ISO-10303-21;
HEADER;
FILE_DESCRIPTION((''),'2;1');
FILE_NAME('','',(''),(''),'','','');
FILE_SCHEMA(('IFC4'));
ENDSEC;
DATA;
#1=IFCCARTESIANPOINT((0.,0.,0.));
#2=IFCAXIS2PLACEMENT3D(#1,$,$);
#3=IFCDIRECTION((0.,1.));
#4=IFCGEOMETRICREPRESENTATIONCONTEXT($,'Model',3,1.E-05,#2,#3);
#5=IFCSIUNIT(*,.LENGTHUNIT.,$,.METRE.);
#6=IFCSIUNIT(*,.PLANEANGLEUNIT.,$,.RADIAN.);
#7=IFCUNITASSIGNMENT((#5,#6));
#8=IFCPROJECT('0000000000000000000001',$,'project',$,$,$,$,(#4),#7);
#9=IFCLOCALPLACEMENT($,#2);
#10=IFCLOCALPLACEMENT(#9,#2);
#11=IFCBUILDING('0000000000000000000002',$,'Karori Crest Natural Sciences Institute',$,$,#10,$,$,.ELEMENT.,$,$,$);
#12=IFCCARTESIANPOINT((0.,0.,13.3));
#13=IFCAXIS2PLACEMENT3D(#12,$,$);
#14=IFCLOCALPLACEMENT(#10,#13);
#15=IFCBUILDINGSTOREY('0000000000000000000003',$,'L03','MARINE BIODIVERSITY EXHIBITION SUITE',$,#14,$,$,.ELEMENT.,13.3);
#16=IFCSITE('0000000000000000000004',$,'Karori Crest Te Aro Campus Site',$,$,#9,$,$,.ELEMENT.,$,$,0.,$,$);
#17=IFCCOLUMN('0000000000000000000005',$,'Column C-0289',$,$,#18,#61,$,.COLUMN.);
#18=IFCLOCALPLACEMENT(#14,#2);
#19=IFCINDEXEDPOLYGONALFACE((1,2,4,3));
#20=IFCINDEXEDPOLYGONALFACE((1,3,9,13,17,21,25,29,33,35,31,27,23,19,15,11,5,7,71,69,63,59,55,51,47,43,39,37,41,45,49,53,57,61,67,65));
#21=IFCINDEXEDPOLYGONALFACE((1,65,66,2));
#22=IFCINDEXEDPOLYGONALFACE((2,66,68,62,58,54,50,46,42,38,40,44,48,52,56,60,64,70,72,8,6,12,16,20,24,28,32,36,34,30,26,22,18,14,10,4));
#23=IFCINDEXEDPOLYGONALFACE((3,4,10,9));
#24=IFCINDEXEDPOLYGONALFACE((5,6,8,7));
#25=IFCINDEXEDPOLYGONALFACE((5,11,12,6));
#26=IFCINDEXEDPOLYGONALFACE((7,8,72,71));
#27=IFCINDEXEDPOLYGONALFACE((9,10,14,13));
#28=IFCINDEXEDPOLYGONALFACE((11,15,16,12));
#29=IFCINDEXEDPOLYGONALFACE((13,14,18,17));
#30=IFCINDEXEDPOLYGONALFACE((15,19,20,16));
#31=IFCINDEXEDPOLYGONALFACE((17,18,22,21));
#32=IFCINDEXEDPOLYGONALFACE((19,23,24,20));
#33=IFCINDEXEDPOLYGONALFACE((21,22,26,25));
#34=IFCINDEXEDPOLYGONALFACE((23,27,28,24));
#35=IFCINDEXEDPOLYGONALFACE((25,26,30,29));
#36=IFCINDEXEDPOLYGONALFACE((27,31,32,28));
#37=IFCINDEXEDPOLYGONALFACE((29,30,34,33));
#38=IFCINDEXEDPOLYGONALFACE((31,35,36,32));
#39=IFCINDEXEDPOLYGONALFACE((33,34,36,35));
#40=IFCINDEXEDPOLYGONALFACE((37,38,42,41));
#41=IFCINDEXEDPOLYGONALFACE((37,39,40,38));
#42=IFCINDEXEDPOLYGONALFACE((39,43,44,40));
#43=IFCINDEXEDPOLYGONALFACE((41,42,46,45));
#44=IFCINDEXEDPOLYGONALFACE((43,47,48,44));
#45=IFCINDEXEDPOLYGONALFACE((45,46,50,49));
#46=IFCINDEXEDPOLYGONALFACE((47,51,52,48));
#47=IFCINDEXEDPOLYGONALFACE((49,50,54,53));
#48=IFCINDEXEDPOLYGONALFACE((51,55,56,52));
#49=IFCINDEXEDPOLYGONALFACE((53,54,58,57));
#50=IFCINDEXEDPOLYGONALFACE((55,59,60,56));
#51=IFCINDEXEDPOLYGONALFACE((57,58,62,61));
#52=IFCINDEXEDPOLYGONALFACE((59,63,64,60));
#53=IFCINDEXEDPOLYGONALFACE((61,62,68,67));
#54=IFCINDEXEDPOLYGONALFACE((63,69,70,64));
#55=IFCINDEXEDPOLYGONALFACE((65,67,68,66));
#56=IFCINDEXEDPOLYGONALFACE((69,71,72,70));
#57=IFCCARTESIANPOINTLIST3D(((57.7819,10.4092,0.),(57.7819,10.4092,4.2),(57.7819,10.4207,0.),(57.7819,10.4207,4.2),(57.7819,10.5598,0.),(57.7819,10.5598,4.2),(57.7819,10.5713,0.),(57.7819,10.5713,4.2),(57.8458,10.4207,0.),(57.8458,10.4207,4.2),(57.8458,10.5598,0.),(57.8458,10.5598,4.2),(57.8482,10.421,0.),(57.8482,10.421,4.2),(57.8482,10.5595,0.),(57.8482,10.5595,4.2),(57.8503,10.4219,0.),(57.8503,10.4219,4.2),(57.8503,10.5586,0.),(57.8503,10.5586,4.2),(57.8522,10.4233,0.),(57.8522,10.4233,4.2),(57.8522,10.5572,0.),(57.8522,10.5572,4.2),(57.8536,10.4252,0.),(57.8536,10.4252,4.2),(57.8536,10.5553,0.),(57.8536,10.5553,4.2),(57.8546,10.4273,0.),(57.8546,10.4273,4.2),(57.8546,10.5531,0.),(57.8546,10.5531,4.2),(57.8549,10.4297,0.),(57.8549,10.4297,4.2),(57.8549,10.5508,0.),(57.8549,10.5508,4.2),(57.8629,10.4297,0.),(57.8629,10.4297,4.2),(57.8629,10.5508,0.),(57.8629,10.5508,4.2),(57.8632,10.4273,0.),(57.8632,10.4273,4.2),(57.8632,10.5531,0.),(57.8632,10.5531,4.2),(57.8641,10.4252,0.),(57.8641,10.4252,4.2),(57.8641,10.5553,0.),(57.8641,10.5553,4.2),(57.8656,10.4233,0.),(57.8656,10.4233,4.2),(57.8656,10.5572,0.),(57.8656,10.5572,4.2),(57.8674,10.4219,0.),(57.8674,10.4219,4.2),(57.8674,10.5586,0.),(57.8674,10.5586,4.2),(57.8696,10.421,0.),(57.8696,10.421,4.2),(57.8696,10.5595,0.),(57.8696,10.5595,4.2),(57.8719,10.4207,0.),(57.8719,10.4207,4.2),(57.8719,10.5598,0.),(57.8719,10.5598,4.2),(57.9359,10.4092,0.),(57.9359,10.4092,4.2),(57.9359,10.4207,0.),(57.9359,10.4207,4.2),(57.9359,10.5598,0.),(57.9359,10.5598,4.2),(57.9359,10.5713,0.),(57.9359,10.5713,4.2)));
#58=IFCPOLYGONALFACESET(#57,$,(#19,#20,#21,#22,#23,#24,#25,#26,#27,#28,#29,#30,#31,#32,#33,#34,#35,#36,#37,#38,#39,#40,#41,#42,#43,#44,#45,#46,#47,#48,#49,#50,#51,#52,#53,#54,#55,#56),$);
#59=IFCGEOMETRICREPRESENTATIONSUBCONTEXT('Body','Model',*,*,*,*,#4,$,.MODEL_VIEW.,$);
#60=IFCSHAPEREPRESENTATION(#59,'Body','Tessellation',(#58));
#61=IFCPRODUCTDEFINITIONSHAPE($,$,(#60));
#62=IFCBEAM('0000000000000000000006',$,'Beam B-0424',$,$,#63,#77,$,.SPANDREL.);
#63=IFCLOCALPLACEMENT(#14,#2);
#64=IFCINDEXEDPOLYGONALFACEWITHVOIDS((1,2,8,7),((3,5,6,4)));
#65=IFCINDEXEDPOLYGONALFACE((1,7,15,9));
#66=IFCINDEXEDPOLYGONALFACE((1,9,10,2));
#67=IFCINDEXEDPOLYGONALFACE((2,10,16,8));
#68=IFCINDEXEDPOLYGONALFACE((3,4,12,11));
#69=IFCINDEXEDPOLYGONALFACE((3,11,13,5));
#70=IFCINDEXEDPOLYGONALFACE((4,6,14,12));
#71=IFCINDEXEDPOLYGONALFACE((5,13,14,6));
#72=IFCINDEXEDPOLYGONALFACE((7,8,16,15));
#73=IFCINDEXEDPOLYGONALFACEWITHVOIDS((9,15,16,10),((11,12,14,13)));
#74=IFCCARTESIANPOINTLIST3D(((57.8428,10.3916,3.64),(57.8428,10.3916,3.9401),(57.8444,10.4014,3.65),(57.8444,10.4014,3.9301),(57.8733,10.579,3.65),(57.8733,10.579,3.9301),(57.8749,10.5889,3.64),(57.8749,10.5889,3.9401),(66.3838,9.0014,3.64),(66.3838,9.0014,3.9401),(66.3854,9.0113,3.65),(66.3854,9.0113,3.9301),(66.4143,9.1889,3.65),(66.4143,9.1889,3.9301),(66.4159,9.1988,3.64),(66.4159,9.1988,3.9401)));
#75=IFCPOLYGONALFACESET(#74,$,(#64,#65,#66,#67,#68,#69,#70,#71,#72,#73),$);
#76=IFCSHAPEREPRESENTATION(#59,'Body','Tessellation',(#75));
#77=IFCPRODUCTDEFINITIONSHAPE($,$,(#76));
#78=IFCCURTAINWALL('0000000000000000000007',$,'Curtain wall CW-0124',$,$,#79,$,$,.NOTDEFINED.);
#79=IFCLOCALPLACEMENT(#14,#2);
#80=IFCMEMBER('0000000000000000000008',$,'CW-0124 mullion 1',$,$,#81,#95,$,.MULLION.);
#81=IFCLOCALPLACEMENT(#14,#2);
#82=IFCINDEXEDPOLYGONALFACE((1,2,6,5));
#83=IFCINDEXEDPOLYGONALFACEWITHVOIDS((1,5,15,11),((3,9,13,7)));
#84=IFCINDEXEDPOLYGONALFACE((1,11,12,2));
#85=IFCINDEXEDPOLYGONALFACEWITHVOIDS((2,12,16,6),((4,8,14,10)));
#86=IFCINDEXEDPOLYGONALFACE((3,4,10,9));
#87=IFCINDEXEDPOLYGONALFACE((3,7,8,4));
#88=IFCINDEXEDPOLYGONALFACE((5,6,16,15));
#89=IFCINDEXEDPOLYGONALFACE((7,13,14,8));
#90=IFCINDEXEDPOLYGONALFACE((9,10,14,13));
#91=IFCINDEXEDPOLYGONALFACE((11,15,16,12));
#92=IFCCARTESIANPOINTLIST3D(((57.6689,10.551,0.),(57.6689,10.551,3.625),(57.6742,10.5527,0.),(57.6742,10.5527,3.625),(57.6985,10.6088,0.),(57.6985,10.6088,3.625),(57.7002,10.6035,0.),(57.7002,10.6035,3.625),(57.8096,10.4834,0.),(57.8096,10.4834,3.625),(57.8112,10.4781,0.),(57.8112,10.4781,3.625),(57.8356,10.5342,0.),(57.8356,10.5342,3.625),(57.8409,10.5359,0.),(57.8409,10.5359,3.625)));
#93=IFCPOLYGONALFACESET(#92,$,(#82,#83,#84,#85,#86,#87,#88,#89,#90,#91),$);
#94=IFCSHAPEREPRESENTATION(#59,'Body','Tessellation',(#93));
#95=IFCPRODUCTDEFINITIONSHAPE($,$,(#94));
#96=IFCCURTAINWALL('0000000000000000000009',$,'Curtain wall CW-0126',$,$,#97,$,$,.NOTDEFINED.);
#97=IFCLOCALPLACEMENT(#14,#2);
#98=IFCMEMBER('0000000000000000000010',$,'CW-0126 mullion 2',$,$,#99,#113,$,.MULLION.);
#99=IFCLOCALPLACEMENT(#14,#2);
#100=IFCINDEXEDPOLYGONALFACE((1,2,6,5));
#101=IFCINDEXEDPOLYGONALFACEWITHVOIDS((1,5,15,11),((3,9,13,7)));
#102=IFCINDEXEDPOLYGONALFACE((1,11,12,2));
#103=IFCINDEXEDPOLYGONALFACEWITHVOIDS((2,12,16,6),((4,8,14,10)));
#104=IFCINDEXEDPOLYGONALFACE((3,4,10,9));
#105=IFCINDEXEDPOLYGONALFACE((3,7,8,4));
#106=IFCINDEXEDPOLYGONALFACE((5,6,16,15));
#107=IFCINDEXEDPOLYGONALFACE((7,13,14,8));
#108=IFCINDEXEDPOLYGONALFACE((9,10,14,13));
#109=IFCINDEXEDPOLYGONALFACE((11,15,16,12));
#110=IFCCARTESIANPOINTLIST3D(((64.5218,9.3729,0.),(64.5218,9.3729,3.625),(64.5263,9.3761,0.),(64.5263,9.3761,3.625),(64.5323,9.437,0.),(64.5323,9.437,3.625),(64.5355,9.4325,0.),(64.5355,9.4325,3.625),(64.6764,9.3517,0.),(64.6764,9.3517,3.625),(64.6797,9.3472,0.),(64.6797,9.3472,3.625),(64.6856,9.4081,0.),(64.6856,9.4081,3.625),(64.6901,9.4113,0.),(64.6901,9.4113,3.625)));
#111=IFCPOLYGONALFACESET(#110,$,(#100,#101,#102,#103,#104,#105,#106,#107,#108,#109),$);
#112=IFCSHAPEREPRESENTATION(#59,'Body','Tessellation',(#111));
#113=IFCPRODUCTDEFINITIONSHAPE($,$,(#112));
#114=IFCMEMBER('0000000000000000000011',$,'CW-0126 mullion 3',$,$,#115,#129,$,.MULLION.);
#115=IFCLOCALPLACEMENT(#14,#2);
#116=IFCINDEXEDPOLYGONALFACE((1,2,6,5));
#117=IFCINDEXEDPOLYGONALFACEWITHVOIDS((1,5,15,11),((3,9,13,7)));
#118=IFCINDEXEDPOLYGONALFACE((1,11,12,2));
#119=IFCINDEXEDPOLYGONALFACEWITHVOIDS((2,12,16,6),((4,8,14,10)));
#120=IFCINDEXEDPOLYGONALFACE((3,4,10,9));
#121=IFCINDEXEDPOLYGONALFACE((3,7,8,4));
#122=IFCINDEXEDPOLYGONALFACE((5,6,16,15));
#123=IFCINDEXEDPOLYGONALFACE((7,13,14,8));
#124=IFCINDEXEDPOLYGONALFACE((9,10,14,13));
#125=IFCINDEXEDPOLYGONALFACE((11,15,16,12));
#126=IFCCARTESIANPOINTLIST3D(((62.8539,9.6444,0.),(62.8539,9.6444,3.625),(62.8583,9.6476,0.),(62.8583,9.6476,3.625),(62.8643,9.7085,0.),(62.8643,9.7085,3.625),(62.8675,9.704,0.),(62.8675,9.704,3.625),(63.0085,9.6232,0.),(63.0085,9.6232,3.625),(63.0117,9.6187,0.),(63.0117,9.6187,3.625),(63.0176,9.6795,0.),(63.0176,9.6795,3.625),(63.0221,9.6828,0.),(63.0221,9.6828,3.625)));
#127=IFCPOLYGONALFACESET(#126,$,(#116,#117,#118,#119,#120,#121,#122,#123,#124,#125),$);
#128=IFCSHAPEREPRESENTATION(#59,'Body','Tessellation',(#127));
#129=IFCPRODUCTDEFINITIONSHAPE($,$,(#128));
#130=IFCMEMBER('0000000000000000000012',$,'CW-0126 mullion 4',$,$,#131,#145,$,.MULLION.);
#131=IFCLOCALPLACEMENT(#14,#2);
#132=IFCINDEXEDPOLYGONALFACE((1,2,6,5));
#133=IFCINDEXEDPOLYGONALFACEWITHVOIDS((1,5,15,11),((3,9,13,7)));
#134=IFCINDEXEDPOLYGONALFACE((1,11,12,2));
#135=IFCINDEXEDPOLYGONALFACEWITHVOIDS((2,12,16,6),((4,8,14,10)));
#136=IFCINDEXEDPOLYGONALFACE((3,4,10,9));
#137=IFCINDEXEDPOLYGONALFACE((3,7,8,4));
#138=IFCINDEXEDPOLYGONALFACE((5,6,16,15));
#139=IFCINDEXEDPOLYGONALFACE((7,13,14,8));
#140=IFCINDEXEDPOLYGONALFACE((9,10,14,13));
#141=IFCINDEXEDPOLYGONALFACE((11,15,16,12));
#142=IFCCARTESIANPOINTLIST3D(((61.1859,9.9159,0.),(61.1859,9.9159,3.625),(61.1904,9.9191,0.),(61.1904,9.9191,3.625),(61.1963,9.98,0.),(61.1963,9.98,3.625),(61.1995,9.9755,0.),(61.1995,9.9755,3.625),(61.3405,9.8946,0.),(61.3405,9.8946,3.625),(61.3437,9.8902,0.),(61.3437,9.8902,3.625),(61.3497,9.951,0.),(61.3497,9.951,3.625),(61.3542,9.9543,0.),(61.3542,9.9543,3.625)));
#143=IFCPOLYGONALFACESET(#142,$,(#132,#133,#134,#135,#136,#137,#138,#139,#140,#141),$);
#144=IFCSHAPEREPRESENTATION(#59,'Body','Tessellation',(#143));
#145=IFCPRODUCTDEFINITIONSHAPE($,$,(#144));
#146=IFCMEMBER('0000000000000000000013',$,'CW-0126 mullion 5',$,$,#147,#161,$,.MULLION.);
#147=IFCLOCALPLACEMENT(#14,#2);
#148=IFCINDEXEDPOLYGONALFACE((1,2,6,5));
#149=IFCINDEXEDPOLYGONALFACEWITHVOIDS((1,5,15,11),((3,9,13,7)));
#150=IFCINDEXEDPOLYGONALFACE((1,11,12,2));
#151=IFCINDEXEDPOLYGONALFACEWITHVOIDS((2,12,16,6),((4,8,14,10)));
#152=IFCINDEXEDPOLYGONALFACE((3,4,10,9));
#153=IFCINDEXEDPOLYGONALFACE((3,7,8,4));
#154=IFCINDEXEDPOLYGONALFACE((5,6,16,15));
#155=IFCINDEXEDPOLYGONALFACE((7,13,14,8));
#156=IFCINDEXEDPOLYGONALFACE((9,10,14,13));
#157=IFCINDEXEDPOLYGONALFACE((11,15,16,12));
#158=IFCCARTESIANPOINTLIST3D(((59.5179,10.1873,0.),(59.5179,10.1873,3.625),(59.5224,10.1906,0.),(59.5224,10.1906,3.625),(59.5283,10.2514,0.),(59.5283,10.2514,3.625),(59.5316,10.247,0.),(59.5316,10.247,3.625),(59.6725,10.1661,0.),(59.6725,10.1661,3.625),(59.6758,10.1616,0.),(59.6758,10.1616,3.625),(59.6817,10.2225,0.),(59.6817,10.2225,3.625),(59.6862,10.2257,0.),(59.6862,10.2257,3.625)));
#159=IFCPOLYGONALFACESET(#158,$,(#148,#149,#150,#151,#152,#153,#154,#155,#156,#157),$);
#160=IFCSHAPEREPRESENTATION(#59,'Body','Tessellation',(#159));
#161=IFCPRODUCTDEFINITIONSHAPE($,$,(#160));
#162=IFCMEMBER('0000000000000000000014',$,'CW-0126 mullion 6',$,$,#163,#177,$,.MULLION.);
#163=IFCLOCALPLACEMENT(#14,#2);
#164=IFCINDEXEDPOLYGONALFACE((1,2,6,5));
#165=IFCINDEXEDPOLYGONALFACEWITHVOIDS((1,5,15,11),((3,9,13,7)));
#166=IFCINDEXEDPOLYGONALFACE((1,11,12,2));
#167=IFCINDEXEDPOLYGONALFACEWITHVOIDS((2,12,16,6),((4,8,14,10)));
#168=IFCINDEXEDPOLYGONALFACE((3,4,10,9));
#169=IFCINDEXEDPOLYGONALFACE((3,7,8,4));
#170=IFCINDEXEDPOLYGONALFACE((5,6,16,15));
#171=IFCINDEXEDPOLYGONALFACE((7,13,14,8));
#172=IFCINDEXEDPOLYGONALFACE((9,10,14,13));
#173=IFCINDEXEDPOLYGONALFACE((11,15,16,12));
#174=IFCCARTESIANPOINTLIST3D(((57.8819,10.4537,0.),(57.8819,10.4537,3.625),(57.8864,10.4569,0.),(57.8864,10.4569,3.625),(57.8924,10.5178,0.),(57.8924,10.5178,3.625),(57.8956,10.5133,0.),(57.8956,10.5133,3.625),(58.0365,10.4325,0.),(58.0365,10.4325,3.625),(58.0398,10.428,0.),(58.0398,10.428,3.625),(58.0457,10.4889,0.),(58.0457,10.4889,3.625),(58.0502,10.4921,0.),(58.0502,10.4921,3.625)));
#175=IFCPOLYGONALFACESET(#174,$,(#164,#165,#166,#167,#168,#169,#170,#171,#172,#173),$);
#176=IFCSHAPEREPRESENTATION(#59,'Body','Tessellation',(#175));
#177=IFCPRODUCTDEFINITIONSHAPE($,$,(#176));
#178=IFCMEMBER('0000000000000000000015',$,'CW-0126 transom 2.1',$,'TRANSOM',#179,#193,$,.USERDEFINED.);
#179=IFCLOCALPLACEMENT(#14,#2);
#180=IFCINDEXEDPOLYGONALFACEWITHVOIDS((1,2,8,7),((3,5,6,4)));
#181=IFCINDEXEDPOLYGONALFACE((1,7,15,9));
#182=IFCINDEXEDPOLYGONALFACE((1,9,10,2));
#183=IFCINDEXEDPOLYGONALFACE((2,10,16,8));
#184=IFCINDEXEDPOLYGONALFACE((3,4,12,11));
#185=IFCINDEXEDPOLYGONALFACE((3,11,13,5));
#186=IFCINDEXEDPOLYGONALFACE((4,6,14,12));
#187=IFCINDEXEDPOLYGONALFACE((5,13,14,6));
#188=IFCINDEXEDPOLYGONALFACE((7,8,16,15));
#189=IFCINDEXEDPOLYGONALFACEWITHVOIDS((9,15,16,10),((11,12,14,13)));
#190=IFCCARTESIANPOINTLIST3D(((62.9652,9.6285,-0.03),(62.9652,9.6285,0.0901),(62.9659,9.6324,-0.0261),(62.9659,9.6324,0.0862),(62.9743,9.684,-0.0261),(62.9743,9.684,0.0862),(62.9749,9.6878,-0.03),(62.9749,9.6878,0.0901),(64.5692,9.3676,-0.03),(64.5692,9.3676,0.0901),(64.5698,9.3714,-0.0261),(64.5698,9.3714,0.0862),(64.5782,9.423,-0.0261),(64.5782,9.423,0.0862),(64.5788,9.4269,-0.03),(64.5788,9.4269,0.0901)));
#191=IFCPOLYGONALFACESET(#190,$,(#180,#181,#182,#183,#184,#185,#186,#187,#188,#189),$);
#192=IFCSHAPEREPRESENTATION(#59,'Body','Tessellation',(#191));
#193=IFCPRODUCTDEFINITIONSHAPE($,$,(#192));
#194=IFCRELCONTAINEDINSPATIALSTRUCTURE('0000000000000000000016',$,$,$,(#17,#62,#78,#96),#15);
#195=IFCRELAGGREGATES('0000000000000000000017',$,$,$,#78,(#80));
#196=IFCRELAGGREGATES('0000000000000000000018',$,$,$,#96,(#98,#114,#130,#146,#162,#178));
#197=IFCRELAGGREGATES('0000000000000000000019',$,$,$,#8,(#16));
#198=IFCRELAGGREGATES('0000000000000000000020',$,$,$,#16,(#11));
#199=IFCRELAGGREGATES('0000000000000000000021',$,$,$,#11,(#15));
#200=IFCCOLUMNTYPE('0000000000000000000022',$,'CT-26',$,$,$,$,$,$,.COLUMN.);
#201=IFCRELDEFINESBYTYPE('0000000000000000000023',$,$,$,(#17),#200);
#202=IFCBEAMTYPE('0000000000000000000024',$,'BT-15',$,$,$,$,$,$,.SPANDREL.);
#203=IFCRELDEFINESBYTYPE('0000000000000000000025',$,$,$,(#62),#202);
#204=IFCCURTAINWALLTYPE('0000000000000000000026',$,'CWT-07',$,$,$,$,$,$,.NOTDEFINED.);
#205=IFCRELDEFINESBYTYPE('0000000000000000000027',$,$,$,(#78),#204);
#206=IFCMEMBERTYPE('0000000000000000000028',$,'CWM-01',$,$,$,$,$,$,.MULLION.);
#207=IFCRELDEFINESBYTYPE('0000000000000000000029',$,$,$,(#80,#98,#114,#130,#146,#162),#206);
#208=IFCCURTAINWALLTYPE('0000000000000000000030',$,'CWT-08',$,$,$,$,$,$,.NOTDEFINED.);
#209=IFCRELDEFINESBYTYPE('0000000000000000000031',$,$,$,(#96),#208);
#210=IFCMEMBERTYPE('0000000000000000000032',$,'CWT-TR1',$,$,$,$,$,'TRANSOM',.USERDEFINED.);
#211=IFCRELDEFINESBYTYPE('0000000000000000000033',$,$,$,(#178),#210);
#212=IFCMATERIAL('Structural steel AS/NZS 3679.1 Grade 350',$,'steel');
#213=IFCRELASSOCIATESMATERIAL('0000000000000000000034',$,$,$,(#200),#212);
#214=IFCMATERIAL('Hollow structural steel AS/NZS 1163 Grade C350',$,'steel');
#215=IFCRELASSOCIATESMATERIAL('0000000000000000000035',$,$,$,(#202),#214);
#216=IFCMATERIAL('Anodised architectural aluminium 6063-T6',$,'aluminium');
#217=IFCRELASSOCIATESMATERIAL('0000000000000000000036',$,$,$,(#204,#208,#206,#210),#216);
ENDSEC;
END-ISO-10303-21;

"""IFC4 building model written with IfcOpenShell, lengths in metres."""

from ifc_helpers import new_model, si_unit, direction, frame, origin, origin_2d, place, context, subcontext, project, spatial, hollow_rectangle, i_section, extrude, material, material_profile, profile_set, type_object, element, aggregate, save


model = new_model("IFC4")

# Units and contexts
model_context = context("Model", 3, precision=1e-05, world=origin(), true_north=direction((0.0, 1.0)))
body_context = subcontext(model_context, "Body", "Model", "MODEL_VIEW")
ifc_project = project(units=[si_unit("LENGTHUNIT", "METRE"), si_unit("PLANEANGLEUNIT", "RADIAN")], contexts=[model_context])

# Site, building, storey
site_placement = place(None, origin())
site = spatial("IfcSite", under=ifc_project, at=site_placement, Name="Karori Crest Te Aro Campus Site", CompositionType="ELEMENT", RefElevation=0.0)
building_placement = place(site_placement, origin())
building = spatial("IfcBuilding", under=site, at=building_placement, Name="Karori Crest Natural Sciences Institute", CompositionType="ELEMENT")
storey_placement = place(building_placement, frame((0.0, 0.0, 13.3)))
storey = spatial("IfcBuildingStorey", under=building, at=storey_placement, Name="L03", Description="MARINE BIODIVERSITY EXHIBITION SUITE", CompositionType="ELEMENT", Elevation=13.3)

# Column
ifc_material_1 = material(Name="Structural steel AS/NZS 3679.1 Grade 350", Category="steel")
ifc_material_profile_1 = material_profile(ifc_material_1, i_section(OverallWidth=0.1541, OverallDepth=0.1621, WebThickness=0.0081, FlangeThickness=0.0115, FilletRadius=0.009, at=origin_2d()), Name="150UC37.2")
ifc_profile_set_1 = profile_set([ifc_material_profile_1], Name="Structural steel AS/NZS 3679.1 Grade 350")
column_type = type_object("IfcColumnType", Name="CT-26", PredefinedType="COLUMN", material=ifc_profile_set_1)
column_placement = place(storey_placement, frame((57.8589, 10.4902, 0.0), z_axis=(0.0, 0.0, 1.0), x_axis=(1.0, 0.0, 0.0)))
element("IfcColumn", 1, at=column_placement, inside=storey, type_object=column_type, Name="Column C-0289", PredefinedType="COLUMN", context=body_context, shape_type="SweptSolid", body=[
    extrude(i_section(OverallWidth=0.1541, OverallDepth=0.1621, WebThickness=0.0081, FlangeThickness=0.0115, FilletRadius=0.009, at=origin_2d()), origin(), (0.0, 0.0, 1.0), 4.2),
])

# Beam
ifc_material_2 = material(Name="Hollow structural steel AS/NZS 1163 Grade C350", Category="steel")
ifc_material_profile_2 = material_profile(ifc_material_2, hollow_rectangle(XDim=0.2, YDim=0.3, WallThickness=0.01, at=origin_2d()), Name="RHS300x200x10")
ifc_profile_set_2 = profile_set([ifc_material_profile_2], Name="Hollow structural steel AS/NZS 1163 Grade C350")
beam_type = type_object("IfcBeamType", Name="BT-15", PredefinedType="SPANDREL", material=ifc_profile_set_2)
beam_placement = place(storey_placement, frame((57.8589, 10.4902, 3.79), z_axis=(0.987012, -0.160646, 0.0), x_axis=(0.160646, 0.987012, 0.0)))
element("IfcBeam", 2, at=beam_placement, inside=storey, type_object=beam_type, Name="Beam B-0424", PredefinedType="SPANDREL", context=body_context, shape_type="SweptSolid", body=[
    extrude(hollow_rectangle(XDim=0.2, YDim=0.3, WallThickness=0.01, at=origin_2d()), origin(), (0.0, 0.0, 1.0), 8.6533),
])

# Curtain wall, member
ifc_material_3 = material(Name="Anodised architectural aluminium 6063-T6", Category="aluminium")
curtain_wall_type_1 = type_object("IfcCurtainWallType", Name="CWT-07", PredefinedType="NOTDEFINED", material=ifc_material_3)
curtain_wall_1_placement = place(storey_placement, origin())
curtain_wall_1 = element("IfcCurtainWall", 3, at=curtain_wall_1_placement, inside=storey, type_object=curtain_wall_type_1, Name="Curtain wall CW-0124", PredefinedType="NOTDEFINED")
ifc_material_profile_3 = material_profile(ifc_material_3, hollow_rectangle(XDim=0.0649, YDim=0.1599, WallThickness=0.0039, at=origin_2d()), Name="CWM160x65x4")
ifc_profile_set_3 = profile_set([ifc_material_profile_3], Name="Anodised architectural aluminium 6063-T6")
member_type_1 = type_object("IfcMemberType", Name="CWM-01", PredefinedType="MULLION", material=ifc_profile_set_3)
member_1_placement = place(storey_placement, frame((57.7549, 10.5435, 0.0), z_axis=(0.0, 0.0, 1.0), x_axis=(-0.455829, -0.890067, 0.0)))
member_1 = element("IfcMember", 4, at=member_1_placement, type_object=member_type_1, Name="CW-0124 mullion 1", PredefinedType="MULLION", context=body_context, shape_type="SweptSolid", body=[
    extrude(hollow_rectangle(XDim=0.0649, YDim=0.1599, WallThickness=0.0039, at=origin_2d()), origin(), (0.0, 0.0, 1.0), 3.625),
])

# Curtain wall, members
curtain_wall_type_2 = type_object("IfcCurtainWallType", Name="CWT-08", PredefinedType="NOTDEFINED", material=ifc_material_3)
curtain_wall_2_placement = place(storey_placement, origin())
curtain_wall_2 = element("IfcCurtainWall", 5, at=curtain_wall_2_placement, inside=storey, type_object=curtain_wall_type_2, Name="Curtain wall CW-0126", PredefinedType="NOTDEFINED")
member_2_placement = place(storey_placement, frame((64.606, 9.3921, 0.0), z_axis=(0.0, 0.0, 1.0), x_axis=(-0.160655, -0.987011, 0.0)))
member_2 = element("IfcMember", 6, at=member_2_placement, type_object=member_type_1, Name="CW-0126 mullion 2", PredefinedType="MULLION", context=body_context, shape_type="SweptSolid", body=[
    extrude(hollow_rectangle(XDim=0.0649, YDim=0.1599, WallThickness=0.0039, at=origin_2d()), origin(), (0.0, 0.0, 1.0), 3.625),
])
member_3_placement = place(storey_placement, frame((62.938, 9.6636, 0.0), z_axis=(0.0, 0.0, 1.0), x_axis=(-0.160655, -0.987011, 0.0)))
member_3 = element("IfcMember", 7, at=member_3_placement, type_object=member_type_1, Name="CW-0126 mullion 3", PredefinedType="MULLION", context=body_context, shape_type="SweptSolid", body=[
    extrude(hollow_rectangle(XDim=0.0649, YDim=0.1599, WallThickness=0.0039, at=origin_2d()), origin(), (0.0, 0.0, 1.0), 3.625),
])
member_4_placement = place(storey_placement, frame((61.27, 9.9351, 0.0), z_axis=(0.0, 0.0, 1.0), x_axis=(-0.160655, -0.987011, 0.0)))
member_4 = element("IfcMember", 8, at=member_4_placement, type_object=member_type_1, Name="CW-0126 mullion 4", PredefinedType="MULLION", context=body_context, shape_type="SweptSolid", body=[
    extrude(hollow_rectangle(XDim=0.0649, YDim=0.1599, WallThickness=0.0039, at=origin_2d()), origin(), (0.0, 0.0, 1.0), 3.625),
])
member_5_placement = place(storey_placement, frame((59.6021, 10.2065, 0.0), z_axis=(0.0, 0.0, 1.0), x_axis=(-0.160655, -0.987011, 0.0)))
member_5 = element("IfcMember", 9, at=member_5_placement, type_object=member_type_1, Name="CW-0126 mullion 5", PredefinedType="MULLION", context=body_context, shape_type="SweptSolid", body=[
    extrude(hollow_rectangle(XDim=0.0649, YDim=0.1599, WallThickness=0.0039, at=origin_2d()), origin(), (0.0, 0.0, 1.0), 3.625),
])
member_6_placement = place(storey_placement, frame((57.9661, 10.4729, 0.0), z_axis=(0.0, 0.0, 1.0), x_axis=(-0.160655, -0.987011, 0.0)))
member_6 = element("IfcMember", 10, at=member_6_placement, type_object=member_type_1, Name="CW-0126 mullion 6", PredefinedType="MULLION", context=body_context, shape_type="SweptSolid", body=[
    extrude(hollow_rectangle(XDim=0.0649, YDim=0.1599, WallThickness=0.0039, at=origin_2d()), origin(), (0.0, 0.0, 1.0), 3.625),
])
ifc_material_profile_4 = material_profile(ifc_material_3, hollow_rectangle(XDim=0.0601, YDim=0.1201, WallThickness=0.0039, at=origin_2d()), Name="CWT120x60x4")
ifc_profile_set_4 = profile_set([ifc_material_profile_4], Name="Anodised architectural aluminium 6063-T6")
member_type_2 = type_object("IfcMemberType", Name="CWT-TR1", ElementType="TRANSOM", PredefinedType="USERDEFINED", material=ifc_profile_set_4)
member_7_placement = place(storey_placement, frame((64.574, 9.3972, 0.03), z_axis=(-0.98702, 0.160597, 0.0), x_axis=(-0.160597, -0.98702, 0.0)))
member_7 = element("IfcMember", 11, at=member_7_placement, type_object=member_type_2, Name="CW-0126 transom 2.1", ObjectType="TRANSOM", PredefinedType="USERDEFINED", context=body_context, shape_type="SweptSolid", body=[
    extrude(hollow_rectangle(XDim=0.0601, YDim=0.1201, WallThickness=0.0039, at=origin_2d()), origin(), (0.0, 0.0, 1.0), 1.625),
])

aggregate(curtain_wall_1, [member_1])

aggregate(curtain_wall_2, [member_2, member_3, member_4, member_5, member_6, member_7])

save(model, "model.ifc")
